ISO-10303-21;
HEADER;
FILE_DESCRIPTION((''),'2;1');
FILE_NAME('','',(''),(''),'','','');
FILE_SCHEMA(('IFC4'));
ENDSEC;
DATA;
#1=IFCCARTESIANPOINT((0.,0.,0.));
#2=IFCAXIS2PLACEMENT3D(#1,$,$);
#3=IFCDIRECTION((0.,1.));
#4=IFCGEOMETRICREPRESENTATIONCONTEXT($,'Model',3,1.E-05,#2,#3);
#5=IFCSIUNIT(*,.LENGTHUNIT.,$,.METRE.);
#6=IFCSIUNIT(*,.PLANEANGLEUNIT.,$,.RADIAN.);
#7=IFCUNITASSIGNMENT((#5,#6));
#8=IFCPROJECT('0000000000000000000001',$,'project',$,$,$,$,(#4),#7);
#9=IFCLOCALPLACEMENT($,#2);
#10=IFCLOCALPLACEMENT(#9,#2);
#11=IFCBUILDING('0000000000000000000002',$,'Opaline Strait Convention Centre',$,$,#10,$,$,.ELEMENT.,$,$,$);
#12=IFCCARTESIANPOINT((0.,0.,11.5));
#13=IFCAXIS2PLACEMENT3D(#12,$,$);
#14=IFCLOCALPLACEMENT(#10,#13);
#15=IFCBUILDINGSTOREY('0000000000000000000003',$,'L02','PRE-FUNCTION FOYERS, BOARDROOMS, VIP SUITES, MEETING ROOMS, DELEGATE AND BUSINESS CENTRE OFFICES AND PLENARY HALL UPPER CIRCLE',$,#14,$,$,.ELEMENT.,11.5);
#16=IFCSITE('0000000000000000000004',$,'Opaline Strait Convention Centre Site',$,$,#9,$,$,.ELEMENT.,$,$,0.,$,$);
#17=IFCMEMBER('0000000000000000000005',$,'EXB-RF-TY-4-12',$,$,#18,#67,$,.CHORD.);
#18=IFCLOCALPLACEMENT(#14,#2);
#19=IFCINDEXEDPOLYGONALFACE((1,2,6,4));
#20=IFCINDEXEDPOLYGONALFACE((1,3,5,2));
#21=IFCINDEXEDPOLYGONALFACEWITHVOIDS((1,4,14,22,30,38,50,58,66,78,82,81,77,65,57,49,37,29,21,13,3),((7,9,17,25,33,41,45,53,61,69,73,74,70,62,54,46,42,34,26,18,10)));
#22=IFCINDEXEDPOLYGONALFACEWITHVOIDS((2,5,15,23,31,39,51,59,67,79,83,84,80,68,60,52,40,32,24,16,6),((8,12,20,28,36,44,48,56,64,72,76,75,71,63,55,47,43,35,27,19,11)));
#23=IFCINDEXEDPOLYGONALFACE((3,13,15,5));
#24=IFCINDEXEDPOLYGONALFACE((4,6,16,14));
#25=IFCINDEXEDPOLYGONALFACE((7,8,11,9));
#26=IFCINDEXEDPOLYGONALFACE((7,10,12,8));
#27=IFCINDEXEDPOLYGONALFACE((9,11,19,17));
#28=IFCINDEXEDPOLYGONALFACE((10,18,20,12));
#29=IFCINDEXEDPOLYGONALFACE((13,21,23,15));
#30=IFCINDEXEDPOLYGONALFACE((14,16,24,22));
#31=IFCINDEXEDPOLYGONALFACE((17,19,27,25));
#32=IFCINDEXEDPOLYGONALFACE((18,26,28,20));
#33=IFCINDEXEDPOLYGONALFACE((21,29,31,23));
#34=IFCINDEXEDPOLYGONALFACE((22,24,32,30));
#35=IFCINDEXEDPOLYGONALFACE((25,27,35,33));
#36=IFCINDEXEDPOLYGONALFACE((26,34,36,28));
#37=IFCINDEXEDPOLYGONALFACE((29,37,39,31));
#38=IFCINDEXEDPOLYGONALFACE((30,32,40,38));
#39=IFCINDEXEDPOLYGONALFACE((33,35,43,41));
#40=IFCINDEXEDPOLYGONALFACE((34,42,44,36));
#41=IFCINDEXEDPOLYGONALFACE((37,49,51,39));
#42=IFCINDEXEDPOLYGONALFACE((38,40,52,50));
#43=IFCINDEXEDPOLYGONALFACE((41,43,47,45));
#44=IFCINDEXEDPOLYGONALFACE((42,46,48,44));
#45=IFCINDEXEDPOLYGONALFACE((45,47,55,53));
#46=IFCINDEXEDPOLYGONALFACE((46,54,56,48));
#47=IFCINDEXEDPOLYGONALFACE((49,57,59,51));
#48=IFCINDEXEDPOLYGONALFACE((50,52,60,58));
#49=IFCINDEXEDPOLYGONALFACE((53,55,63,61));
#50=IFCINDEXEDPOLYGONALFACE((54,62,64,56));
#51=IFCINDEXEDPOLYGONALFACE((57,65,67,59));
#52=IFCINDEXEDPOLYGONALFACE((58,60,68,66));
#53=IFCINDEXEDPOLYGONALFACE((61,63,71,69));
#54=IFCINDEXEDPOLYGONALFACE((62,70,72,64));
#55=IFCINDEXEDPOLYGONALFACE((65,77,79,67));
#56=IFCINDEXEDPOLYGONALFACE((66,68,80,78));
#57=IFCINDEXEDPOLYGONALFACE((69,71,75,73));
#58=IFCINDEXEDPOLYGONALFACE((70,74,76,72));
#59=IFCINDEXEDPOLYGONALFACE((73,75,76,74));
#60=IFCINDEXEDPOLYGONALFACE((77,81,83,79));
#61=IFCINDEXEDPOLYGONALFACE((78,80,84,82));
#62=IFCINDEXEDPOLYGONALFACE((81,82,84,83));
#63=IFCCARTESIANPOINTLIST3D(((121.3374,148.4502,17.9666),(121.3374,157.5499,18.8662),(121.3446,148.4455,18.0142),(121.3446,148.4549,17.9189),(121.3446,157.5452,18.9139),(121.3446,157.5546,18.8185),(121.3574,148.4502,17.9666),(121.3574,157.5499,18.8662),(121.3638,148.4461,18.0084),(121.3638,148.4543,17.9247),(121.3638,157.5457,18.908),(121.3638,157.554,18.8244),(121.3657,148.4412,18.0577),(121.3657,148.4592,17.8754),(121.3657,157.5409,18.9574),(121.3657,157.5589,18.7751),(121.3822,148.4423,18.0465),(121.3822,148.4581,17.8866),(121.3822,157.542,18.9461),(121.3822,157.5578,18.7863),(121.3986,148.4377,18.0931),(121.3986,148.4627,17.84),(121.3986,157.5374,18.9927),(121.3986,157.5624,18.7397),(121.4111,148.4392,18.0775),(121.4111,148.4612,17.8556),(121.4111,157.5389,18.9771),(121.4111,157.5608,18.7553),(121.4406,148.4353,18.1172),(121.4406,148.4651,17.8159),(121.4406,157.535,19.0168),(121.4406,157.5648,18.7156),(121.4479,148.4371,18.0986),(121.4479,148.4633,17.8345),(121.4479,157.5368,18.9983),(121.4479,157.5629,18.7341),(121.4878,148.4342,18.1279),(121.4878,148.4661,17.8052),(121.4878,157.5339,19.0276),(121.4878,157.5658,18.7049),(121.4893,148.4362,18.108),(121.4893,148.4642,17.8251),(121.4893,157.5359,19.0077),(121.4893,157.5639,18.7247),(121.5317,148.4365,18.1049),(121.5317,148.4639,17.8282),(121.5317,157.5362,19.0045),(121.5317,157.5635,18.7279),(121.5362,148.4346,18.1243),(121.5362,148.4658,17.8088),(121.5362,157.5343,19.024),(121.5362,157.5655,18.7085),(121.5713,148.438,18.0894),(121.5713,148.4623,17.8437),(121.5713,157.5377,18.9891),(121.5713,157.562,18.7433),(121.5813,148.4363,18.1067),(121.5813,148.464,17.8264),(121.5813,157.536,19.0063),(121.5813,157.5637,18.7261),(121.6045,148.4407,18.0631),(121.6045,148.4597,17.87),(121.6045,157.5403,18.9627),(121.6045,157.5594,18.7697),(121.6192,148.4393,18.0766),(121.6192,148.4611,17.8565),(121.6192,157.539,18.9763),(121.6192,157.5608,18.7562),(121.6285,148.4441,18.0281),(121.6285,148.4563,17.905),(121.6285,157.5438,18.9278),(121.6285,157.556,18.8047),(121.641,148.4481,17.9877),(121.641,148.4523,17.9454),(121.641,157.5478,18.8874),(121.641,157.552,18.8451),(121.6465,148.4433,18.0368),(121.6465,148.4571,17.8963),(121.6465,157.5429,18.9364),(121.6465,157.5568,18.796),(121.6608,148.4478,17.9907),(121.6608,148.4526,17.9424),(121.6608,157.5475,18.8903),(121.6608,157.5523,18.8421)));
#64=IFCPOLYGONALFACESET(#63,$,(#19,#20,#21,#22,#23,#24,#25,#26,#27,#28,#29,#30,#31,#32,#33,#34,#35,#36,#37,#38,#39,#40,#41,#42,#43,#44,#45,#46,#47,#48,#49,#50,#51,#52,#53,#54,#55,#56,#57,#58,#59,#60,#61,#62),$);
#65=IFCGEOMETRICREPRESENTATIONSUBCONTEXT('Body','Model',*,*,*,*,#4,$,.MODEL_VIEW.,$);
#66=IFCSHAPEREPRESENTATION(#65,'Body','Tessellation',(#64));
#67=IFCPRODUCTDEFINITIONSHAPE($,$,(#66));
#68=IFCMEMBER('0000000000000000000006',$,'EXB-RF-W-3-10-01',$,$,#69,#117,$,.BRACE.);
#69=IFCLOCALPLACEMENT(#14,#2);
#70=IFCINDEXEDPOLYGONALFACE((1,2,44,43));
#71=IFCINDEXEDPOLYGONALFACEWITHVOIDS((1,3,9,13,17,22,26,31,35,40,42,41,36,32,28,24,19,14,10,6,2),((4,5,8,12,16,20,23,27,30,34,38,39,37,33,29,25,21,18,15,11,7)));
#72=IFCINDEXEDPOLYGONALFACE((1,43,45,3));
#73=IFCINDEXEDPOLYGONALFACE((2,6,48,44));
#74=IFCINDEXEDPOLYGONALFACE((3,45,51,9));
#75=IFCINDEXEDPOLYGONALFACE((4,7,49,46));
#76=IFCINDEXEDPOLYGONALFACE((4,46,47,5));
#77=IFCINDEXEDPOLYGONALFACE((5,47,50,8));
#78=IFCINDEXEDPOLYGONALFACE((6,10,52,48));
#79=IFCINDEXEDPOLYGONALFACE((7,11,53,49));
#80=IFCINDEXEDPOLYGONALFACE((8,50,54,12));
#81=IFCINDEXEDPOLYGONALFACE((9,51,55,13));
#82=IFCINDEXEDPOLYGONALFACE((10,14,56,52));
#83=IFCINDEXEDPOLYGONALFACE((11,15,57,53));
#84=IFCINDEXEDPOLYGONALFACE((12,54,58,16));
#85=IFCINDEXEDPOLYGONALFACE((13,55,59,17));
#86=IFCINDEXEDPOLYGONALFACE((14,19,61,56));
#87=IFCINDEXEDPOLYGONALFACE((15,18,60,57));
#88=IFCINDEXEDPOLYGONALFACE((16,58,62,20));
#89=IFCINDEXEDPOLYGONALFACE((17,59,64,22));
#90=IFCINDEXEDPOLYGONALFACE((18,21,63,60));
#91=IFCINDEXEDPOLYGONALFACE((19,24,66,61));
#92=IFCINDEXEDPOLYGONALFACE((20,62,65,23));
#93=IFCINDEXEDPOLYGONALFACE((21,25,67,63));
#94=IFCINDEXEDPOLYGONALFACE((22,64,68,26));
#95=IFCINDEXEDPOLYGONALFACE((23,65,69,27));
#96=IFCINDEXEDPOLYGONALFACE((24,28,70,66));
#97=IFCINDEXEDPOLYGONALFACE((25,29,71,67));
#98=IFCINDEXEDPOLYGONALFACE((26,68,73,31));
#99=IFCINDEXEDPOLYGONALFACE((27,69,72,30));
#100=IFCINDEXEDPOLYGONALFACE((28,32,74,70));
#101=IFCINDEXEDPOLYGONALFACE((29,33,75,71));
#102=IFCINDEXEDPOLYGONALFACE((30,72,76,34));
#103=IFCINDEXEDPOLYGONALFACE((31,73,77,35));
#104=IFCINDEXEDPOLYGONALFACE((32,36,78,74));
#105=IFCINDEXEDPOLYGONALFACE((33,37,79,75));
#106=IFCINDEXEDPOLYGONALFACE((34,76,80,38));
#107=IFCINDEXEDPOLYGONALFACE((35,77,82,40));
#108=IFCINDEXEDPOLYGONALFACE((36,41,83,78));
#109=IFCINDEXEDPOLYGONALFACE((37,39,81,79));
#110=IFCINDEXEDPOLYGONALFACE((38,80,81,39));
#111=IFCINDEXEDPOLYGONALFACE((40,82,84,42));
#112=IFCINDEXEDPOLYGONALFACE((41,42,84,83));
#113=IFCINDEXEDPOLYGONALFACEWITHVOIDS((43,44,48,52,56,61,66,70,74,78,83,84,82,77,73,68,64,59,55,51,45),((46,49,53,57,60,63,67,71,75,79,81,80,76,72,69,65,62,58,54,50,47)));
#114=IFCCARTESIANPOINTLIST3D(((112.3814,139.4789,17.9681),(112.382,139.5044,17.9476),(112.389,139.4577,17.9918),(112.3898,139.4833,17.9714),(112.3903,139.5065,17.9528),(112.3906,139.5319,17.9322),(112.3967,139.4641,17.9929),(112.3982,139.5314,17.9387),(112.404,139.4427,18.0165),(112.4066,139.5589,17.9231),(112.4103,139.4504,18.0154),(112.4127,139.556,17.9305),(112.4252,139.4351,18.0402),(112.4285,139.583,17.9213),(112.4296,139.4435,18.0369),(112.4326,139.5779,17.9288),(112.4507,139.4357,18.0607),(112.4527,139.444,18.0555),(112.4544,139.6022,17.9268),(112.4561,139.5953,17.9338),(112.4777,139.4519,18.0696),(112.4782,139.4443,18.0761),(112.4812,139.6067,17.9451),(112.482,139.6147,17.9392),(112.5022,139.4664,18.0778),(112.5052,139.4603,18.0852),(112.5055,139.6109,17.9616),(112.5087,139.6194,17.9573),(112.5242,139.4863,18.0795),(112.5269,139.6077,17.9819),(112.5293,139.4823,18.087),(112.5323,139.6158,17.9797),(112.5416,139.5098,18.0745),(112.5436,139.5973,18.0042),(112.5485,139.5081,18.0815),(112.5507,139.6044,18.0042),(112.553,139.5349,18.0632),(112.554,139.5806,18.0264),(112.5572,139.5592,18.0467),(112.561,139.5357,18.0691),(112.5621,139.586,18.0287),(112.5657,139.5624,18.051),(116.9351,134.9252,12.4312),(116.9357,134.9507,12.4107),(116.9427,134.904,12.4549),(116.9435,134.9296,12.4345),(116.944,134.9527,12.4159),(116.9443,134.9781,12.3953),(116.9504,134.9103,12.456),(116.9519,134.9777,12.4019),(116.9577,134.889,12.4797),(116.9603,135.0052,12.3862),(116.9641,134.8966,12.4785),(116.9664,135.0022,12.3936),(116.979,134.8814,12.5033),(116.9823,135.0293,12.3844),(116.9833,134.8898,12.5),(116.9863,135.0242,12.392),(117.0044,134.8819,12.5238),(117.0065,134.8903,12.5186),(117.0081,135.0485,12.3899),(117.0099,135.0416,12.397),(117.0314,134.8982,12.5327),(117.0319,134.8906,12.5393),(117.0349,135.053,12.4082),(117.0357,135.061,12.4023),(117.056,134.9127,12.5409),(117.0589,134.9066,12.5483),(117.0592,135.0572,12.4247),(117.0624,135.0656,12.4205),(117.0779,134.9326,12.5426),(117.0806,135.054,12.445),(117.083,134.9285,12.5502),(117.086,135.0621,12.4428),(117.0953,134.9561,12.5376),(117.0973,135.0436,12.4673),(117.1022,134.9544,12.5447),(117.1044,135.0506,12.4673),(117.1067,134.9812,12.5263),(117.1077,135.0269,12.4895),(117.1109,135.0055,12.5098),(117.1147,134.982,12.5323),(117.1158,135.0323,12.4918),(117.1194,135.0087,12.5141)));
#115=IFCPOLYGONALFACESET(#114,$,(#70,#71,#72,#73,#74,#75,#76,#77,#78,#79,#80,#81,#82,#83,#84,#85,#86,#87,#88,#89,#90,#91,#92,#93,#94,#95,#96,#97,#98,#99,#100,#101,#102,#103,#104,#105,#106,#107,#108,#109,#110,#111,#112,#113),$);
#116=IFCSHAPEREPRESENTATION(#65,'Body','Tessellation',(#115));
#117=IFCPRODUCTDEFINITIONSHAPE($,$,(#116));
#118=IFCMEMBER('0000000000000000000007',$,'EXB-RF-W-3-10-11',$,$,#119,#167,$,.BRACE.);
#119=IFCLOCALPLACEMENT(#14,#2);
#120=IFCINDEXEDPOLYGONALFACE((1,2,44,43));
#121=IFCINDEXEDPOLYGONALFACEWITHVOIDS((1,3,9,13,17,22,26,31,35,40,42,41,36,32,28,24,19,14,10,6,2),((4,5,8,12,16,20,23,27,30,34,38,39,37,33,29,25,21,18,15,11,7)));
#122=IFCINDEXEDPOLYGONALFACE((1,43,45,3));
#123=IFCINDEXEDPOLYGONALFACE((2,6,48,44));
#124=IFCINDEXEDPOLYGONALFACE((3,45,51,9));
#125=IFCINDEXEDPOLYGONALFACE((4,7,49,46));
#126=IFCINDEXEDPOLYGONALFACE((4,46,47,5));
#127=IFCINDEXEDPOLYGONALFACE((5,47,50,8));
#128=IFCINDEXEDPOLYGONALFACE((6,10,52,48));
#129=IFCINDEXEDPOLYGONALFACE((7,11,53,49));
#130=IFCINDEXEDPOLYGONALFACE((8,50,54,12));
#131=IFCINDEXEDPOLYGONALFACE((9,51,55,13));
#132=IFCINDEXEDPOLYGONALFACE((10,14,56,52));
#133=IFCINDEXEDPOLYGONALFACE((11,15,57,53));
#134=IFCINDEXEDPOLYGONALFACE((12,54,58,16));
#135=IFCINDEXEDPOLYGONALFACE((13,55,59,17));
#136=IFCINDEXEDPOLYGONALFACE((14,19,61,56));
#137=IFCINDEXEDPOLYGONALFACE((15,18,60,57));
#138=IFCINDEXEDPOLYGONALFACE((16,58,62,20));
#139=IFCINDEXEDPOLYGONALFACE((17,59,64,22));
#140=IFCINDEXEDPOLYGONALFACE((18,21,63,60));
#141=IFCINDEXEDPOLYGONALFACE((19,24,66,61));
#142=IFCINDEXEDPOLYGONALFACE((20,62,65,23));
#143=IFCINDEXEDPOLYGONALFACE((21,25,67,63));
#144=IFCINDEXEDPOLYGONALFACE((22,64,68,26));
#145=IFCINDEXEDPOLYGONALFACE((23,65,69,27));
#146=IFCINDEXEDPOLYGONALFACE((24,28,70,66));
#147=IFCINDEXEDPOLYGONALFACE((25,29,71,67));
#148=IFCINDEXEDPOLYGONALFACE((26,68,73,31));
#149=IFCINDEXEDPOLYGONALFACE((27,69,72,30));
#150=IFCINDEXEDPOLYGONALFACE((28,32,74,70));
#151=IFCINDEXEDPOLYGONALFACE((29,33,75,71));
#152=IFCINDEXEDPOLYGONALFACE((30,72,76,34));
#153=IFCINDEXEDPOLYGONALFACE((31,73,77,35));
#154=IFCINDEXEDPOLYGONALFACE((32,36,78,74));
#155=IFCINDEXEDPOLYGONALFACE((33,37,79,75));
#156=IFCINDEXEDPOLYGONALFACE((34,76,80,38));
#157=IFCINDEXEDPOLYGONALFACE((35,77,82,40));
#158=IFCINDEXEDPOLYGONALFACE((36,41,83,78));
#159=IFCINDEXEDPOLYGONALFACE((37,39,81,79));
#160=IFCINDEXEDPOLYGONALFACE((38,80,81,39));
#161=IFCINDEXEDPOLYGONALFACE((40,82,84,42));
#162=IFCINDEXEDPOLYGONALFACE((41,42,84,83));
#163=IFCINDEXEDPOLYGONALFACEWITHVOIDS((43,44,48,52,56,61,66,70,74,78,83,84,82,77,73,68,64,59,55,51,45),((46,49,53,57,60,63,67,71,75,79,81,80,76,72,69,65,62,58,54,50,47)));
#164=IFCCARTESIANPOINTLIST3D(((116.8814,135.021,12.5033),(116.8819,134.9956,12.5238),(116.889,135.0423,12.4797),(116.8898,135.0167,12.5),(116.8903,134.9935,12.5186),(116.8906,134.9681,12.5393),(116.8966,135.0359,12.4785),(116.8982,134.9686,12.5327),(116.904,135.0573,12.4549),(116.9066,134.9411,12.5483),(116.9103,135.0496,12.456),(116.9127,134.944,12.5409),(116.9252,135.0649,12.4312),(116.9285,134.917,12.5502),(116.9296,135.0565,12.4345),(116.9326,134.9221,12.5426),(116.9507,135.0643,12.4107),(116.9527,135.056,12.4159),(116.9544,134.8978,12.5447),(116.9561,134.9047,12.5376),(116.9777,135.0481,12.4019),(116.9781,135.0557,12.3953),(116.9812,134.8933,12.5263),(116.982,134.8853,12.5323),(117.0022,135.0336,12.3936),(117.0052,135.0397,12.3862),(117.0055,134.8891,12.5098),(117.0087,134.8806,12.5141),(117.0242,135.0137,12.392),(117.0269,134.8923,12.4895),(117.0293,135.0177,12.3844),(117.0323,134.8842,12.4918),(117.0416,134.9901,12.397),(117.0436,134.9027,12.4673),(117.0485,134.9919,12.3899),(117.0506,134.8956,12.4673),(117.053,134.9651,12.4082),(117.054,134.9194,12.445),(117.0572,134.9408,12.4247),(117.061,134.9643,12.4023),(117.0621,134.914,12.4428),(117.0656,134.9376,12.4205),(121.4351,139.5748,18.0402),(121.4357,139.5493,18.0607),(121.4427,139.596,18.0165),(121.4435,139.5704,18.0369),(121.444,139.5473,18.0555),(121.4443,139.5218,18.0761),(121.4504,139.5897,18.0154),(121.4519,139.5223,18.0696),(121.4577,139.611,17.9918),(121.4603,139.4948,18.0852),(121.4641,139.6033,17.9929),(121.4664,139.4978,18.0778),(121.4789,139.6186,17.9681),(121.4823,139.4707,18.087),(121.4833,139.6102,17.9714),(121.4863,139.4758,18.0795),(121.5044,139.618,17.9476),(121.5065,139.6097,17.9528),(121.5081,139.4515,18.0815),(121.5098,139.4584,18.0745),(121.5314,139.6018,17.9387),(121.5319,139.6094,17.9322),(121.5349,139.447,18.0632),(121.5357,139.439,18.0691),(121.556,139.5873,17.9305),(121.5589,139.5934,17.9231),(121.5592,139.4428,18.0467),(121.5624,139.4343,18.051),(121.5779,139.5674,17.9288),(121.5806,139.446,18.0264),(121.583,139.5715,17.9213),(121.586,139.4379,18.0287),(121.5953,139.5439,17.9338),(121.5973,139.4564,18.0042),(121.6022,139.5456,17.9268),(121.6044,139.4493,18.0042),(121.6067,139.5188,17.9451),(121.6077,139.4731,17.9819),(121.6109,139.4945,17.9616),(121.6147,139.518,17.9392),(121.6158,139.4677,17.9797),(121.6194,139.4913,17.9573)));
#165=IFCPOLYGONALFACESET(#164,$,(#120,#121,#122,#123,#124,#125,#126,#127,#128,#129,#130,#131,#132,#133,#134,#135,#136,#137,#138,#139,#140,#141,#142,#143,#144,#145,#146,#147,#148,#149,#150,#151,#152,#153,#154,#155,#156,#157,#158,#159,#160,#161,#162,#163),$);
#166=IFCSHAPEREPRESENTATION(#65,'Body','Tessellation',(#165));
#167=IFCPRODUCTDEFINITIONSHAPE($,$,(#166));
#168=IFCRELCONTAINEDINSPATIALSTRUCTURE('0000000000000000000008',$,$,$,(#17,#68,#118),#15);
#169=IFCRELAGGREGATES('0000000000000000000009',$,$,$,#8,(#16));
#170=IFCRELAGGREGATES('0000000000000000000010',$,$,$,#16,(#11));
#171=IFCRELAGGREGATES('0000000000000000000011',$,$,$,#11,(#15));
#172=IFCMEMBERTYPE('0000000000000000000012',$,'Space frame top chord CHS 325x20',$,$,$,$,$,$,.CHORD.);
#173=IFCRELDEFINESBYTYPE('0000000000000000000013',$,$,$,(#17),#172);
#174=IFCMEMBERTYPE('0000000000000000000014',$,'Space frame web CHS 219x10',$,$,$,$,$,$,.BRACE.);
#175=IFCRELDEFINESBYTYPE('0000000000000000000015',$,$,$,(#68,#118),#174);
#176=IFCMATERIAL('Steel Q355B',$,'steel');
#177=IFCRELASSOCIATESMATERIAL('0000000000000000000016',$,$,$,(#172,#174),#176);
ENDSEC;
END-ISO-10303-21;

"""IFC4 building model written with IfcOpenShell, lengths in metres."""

from ifc_helpers import new_model, si_unit, direction, frame, origin, origin_2d, place, context, subcontext, project, spatial, hollow_circle, extrude, material, material_profile, profile_set, type_object, element, save


model = new_model("IFC4")

# Units and contexts
model_context = context("Model", 3, precision=1e-05, world=origin(), true_north=direction((0.0, 1.0)))
body_context = subcontext(model_context, "Body", "Model", "MODEL_VIEW")
ifc_project = project(units=[si_unit("LENGTHUNIT", "METRE"), si_unit("PLANEANGLEUNIT", "RADIAN")], contexts=[model_context])

# Site, building, storey
site_placement = place(None, origin())
site = spatial("IfcSite", under=ifc_project, at=site_placement, Name="Opaline Strait Convention Centre Site", CompositionType="ELEMENT", RefElevation=0.0)
building_placement = place(site_placement, origin())
building = spatial("IfcBuilding", under=site, at=building_placement, Name="Opaline Strait Convention Centre", CompositionType="ELEMENT")
storey_placement = place(building_placement, frame((0.0, 0.0, 11.5)))
storey = spatial("IfcBuildingStorey", under=building, at=storey_placement, Name="L02", Description="PRE-FUNCTION FOYERS, BOARDROOMS, VIP SUITES, MEETING ROOMS, DELEGATE AND BUSINESS CENTRE OFFICES AND PLENARY HALL UPPER CIRCLE", CompositionType="ELEMENT", Elevation=11.5)

# Members
ifc_material = material(Name="Steel Q355B", Category="steel")
ifc_material_profile_1 = material_profile(ifc_material, hollow_circle(Radius=0.1626, WallThickness=0.02, at=origin_2d()), Name="CHS 325x20")
ifc_profile_set_1 = profile_set([ifc_material_profile_1], Name="Steel Q355B")
member_type_1 = type_object("IfcMemberType", Name="Space frame top chord CHS 325x20", PredefinedType="CHORD", material=ifc_profile_set_1)
member_1_placement = place(storey_placement, frame((121.5, 148.4502, 17.9666), z_axis=(0.0, 0.995148, 0.098388), x_axis=(-1.0, 0.0, 0.0)))
element("IfcMember", 1, at=member_1_placement, inside=storey, type_object=member_type_1, Name="EXB-RF-TY-4-12", PredefinedType="CHORD", context=body_context, shape_type="SweptSolid", body=[
    extrude(hollow_circle(Radius=0.1626, WallThickness=0.02, at=origin_2d()), origin(), (0.0, 0.0, 1.0), 9.144),
])
ifc_material_profile_2 = material_profile(ifc_material, hollow_circle(Radius=0.1096, WallThickness=0.01, at=origin_2d()), Name="CHS 219x10")
ifc_profile_set_2 = profile_set([ifc_material_profile_2], Name="Steel Q355B")
member_type_2 = type_object("IfcMemberType", Name="Space frame web CHS 219x10", PredefinedType="BRACE", material=ifc_profile_set_2)
for number, where, z_axis, x_axis, name in (
    (2, (112.4731, 139.5269, 18.0042), (0.536178, -0.536178, -0.65194), (0.707107, 0.707107, 0.0), "EXB-RF-W-3-10-01"),
    (3, (121.5269, 139.5269, 18.0042), (-0.536178, -0.536178, -0.65194), (0.707107, -0.707107, 0.0), "EXB-RF-W-3-10-11"),
):
    element("IfcMember", number, at=place(storey_placement, frame(where, z_axis=z_axis, x_axis=x_axis)), inside=storey, type_object=member_type_2, Name=name, PredefinedType="BRACE", context=body_context, shape_type="SweptSolid", body=[
        extrude(hollow_circle(Radius=0.1096, WallThickness=0.01, at=origin_2d()), origin(), (0.0, 0.0, 1.0), 8.4929),
    ])

save(model, "model.ifc")
